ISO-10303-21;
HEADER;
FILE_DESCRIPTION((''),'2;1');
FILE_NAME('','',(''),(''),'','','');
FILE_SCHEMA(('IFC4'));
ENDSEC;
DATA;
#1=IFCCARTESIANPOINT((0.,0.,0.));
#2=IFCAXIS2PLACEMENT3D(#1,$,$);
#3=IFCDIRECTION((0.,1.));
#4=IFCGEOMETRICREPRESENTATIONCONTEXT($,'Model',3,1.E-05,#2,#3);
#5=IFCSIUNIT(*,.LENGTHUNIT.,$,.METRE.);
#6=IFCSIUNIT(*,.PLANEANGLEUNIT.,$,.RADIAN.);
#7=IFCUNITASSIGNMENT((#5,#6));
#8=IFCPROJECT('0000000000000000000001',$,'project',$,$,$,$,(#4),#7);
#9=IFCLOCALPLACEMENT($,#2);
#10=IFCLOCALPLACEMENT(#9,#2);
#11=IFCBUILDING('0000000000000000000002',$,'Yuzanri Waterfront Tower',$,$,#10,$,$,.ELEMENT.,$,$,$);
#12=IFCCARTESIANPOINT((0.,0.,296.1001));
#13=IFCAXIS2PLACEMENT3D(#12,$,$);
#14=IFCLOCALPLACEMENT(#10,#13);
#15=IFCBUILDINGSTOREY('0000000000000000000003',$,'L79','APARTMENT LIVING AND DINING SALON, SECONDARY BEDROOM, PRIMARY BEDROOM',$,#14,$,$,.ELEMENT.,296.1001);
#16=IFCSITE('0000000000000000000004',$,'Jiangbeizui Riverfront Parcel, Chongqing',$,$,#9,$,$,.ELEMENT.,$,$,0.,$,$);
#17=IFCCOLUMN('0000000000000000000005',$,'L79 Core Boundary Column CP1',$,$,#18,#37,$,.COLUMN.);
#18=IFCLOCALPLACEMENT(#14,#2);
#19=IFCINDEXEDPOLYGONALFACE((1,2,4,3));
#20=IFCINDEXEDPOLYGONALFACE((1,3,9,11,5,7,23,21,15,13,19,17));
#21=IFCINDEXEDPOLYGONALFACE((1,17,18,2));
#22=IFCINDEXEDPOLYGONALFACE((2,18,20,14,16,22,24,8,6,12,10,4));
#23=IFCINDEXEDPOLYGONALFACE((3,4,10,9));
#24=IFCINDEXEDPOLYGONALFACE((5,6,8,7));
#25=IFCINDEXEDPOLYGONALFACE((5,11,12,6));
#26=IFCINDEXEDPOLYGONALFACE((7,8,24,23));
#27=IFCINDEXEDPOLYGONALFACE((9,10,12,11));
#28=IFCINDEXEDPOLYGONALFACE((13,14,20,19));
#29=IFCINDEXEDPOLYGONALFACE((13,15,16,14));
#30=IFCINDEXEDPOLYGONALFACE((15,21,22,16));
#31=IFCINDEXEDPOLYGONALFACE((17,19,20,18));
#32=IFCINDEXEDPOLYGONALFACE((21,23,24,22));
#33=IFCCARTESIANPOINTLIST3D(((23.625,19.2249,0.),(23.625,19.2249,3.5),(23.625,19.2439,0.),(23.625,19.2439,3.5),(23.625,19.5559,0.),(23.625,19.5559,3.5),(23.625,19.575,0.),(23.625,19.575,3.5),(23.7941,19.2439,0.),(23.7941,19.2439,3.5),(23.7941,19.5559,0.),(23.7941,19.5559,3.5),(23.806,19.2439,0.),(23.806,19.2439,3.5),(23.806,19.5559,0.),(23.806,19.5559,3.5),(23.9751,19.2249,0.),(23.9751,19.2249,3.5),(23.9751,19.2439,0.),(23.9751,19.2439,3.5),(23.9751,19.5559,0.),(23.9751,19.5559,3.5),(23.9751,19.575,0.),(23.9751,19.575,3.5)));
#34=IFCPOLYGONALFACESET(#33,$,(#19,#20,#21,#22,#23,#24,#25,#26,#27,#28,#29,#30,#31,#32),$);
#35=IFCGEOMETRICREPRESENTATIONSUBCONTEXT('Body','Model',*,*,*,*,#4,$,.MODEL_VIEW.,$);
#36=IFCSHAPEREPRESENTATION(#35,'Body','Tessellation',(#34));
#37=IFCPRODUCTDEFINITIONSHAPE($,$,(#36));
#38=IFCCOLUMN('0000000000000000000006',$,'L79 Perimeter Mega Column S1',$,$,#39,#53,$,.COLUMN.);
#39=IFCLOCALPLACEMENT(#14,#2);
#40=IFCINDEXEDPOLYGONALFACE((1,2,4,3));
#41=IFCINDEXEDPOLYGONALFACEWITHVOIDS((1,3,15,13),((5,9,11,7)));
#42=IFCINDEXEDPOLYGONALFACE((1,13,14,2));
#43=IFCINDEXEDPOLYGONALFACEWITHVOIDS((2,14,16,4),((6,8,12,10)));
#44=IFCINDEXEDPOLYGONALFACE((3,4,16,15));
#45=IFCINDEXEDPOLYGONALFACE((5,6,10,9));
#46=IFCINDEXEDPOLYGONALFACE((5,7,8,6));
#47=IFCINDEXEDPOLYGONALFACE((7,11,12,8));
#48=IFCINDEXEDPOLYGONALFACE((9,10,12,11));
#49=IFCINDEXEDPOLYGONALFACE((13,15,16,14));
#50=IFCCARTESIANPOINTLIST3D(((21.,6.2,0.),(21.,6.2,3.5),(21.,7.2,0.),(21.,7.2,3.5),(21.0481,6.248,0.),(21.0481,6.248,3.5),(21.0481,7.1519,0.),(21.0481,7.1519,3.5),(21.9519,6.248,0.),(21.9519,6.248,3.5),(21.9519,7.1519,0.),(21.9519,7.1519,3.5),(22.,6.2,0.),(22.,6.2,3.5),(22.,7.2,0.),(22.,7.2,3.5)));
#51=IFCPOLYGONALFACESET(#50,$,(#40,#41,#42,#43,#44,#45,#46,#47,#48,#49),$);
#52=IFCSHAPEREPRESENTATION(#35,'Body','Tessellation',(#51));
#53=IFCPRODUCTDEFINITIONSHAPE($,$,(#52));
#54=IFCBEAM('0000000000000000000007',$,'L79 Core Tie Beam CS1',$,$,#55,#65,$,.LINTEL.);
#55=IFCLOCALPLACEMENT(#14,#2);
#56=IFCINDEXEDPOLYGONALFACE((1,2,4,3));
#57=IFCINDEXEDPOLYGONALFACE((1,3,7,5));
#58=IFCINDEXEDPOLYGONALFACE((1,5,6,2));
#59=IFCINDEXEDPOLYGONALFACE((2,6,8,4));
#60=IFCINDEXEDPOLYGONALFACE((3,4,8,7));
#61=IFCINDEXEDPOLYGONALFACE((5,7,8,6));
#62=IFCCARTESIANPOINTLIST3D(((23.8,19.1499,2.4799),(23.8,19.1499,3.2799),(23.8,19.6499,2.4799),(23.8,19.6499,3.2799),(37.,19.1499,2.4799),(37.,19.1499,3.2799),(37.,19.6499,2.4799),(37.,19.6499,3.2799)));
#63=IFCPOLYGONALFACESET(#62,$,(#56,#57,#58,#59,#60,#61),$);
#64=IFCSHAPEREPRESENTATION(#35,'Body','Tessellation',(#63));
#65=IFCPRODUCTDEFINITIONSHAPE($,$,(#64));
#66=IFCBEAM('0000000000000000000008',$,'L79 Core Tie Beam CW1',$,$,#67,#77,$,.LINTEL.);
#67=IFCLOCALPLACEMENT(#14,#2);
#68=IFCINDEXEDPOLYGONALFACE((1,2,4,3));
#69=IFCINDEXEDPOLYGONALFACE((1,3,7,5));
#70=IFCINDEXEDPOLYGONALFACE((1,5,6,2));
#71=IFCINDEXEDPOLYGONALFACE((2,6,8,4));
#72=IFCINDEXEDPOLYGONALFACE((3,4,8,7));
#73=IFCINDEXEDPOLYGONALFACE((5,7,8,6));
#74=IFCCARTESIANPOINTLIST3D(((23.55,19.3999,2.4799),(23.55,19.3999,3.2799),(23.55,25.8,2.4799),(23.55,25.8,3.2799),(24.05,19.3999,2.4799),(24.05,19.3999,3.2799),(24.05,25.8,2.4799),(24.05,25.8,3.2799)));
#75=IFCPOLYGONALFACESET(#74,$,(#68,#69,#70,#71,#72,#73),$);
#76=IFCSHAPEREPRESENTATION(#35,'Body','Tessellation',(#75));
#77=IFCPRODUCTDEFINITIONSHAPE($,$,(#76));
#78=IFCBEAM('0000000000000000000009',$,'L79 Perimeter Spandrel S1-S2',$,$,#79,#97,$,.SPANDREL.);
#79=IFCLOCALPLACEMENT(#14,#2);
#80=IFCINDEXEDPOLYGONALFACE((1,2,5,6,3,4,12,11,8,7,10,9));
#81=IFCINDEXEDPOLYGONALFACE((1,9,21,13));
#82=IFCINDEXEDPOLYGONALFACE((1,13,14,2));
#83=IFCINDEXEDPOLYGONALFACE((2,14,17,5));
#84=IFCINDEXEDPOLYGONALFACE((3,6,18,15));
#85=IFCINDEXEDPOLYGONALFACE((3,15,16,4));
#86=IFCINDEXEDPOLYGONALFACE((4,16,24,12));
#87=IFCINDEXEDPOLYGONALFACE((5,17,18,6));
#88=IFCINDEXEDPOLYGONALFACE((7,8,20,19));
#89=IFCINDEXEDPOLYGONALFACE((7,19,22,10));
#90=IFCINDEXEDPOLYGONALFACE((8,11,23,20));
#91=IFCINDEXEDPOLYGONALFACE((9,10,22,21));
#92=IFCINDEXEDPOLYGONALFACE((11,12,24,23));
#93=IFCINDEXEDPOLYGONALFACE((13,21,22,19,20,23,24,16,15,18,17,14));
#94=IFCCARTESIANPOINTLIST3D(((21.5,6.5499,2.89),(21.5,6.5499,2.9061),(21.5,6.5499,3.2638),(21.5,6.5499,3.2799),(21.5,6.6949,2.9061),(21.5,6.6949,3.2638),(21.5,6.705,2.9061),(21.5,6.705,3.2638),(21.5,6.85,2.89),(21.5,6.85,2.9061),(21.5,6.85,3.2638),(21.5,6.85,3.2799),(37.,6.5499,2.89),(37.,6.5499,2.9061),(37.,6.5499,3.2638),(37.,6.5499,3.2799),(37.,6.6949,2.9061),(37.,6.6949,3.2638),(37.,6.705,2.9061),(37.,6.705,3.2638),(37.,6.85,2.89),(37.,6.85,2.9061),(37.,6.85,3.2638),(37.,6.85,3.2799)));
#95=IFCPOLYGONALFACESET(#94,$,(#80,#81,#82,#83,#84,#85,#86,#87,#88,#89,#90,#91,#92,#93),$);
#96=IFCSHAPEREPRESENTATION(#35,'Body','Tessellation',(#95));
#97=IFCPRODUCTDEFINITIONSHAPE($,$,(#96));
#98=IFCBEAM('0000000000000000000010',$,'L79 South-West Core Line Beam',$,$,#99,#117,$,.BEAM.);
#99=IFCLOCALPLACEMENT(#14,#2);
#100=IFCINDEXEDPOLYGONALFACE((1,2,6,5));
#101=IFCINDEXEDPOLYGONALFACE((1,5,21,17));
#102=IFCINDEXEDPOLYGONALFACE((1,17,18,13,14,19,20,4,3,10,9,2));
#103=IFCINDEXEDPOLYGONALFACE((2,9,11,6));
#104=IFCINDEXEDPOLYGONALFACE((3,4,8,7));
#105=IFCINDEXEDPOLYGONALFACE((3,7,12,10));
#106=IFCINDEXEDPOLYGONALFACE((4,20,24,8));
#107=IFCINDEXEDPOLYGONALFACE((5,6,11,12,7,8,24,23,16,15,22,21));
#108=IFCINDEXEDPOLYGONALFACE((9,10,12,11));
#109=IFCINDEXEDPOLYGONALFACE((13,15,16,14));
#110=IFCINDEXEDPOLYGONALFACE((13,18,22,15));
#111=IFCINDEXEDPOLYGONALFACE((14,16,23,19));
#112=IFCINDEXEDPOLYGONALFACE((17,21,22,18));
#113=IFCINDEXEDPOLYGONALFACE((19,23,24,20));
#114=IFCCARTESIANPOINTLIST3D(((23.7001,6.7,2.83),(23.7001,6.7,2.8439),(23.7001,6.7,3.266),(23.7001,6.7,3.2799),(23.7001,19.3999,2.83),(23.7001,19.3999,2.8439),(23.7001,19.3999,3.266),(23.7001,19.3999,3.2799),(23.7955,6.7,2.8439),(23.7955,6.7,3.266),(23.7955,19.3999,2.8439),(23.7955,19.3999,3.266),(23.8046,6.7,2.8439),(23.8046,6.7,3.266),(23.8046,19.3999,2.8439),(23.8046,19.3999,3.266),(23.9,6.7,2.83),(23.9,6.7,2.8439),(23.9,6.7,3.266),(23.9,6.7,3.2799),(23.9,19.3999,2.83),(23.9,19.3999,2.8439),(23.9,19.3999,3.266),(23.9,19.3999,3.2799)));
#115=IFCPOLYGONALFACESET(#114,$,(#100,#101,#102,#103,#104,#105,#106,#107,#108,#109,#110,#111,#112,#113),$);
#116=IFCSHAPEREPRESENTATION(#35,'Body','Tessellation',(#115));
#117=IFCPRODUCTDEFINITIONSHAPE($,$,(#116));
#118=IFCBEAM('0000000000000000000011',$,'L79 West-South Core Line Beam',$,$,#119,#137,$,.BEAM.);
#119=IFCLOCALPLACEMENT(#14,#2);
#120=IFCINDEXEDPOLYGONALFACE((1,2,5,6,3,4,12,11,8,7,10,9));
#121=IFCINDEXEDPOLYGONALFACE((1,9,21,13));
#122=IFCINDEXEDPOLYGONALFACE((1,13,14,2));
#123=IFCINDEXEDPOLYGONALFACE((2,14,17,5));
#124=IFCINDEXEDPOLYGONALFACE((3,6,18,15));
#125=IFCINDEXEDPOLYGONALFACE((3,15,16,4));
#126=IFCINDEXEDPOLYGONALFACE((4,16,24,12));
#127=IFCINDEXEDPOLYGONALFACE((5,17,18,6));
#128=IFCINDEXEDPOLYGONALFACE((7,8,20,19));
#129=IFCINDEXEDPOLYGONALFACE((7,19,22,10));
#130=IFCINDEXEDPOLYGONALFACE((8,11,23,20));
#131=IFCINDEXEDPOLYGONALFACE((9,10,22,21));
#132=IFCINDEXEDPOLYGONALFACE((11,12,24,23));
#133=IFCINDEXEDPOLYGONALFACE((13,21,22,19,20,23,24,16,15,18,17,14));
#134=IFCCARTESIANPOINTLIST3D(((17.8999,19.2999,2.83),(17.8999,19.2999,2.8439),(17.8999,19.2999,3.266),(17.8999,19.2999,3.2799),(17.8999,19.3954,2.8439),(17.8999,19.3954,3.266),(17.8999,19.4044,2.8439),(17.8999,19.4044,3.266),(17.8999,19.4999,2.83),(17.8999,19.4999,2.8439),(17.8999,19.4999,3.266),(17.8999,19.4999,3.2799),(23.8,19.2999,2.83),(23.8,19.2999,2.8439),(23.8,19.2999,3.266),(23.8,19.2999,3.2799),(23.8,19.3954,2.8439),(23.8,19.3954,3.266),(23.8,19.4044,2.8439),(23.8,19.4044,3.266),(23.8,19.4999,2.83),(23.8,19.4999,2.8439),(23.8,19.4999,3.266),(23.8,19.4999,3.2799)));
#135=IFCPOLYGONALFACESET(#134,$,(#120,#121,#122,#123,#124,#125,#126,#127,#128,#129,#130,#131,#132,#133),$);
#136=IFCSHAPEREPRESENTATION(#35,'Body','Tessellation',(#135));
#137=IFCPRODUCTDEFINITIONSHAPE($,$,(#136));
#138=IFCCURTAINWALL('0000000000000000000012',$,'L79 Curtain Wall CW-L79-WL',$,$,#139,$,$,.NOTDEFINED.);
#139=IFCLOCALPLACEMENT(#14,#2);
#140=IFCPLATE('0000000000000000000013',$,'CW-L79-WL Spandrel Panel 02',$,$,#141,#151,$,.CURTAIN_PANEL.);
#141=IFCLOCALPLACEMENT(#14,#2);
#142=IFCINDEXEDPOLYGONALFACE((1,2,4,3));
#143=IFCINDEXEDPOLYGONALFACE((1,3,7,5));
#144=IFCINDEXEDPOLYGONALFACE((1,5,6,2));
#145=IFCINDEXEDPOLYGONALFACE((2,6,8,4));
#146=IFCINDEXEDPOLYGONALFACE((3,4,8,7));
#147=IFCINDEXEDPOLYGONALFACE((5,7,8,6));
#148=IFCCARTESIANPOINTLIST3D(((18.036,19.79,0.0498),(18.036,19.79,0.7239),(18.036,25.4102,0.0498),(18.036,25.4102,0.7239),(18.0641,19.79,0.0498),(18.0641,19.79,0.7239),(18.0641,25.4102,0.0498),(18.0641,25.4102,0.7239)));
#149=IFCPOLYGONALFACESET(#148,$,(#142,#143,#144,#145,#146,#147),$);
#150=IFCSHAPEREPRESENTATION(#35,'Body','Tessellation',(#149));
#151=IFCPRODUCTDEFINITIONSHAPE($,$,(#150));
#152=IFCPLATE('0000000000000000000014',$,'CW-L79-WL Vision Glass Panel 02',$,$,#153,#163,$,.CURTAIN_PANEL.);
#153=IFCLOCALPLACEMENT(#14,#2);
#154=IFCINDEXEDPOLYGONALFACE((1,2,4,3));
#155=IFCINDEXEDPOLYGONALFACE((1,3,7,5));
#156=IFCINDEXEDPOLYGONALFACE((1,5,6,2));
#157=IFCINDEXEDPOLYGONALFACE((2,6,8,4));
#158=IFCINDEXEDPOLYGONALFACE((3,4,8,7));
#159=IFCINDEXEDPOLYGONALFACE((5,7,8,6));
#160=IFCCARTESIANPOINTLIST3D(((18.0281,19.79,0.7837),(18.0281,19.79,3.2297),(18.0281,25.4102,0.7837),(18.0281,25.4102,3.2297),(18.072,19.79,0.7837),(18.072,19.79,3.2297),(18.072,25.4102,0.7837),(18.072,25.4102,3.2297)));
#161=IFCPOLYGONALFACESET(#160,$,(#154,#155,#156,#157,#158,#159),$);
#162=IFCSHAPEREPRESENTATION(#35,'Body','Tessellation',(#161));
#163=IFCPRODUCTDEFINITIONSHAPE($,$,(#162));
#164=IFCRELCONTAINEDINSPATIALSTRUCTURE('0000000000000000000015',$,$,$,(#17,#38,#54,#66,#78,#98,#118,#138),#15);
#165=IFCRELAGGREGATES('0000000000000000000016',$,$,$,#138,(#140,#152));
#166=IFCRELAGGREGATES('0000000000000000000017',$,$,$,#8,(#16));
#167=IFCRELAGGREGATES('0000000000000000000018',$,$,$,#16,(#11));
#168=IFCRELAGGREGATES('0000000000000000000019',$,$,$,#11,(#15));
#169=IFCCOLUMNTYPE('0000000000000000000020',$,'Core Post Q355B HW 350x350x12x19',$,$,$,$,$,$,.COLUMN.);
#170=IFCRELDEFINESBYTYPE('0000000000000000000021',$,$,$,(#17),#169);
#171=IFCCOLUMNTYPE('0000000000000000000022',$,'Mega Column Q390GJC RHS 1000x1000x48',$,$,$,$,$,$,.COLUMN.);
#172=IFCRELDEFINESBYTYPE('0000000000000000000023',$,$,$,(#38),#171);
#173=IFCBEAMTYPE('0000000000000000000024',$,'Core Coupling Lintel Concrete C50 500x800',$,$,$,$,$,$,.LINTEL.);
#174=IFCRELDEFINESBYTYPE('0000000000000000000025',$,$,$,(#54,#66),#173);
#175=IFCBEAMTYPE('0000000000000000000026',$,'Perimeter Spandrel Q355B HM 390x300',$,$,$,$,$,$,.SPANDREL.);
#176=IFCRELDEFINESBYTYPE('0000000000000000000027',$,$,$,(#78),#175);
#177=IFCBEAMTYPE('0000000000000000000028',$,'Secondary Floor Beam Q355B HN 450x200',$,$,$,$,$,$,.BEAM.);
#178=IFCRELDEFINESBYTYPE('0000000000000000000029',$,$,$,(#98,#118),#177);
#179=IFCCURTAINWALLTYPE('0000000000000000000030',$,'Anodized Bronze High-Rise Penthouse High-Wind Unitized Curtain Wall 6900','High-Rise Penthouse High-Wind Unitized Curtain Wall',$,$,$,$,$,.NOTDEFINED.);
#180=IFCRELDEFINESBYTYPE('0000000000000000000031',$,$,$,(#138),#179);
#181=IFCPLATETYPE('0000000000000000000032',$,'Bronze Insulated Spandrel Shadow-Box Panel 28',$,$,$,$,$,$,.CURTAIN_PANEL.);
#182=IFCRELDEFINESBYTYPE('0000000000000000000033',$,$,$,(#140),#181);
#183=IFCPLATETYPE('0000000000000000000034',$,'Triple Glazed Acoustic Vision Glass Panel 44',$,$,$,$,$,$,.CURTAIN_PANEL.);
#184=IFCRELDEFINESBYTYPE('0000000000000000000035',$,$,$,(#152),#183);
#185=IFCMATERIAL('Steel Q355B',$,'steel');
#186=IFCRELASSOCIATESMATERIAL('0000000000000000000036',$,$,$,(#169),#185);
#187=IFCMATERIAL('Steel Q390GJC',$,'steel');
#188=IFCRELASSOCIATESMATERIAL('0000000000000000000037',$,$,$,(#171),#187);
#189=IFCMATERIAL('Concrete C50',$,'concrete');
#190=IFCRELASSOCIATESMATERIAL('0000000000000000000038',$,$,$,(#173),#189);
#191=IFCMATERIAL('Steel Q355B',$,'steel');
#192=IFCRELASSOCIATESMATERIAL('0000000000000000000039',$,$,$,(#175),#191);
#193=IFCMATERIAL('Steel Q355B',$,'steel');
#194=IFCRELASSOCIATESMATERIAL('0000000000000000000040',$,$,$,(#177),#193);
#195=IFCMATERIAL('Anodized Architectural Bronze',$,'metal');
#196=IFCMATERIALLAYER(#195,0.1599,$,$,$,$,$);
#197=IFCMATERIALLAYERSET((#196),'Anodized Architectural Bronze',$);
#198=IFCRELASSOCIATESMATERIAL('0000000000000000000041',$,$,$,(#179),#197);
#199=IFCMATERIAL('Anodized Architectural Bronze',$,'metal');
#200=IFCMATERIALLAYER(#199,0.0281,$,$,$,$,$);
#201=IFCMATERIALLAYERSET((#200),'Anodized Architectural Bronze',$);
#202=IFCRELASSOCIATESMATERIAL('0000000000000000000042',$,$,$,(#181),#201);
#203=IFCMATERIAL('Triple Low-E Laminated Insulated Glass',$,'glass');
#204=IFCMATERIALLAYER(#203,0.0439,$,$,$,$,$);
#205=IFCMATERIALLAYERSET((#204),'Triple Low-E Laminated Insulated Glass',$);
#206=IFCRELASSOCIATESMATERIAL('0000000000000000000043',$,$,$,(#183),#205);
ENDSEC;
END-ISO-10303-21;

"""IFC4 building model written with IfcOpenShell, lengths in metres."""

from ifc_helpers import new_model, si_unit, direction, frame, origin, origin_2d, place, context, subcontext, project, spatial, rectangle, hollow_rectangle, i_section, extrude, source, transform, mapped, material, layer, layer_set, material_profile, profile_set, type_object, element, aggregate, save


model = new_model("IFC4")

# Units and contexts
model_context = context("Model", 3, precision=1e-05, world=origin(), true_north=direction((0.0, 1.0)))
body_context = subcontext(model_context, "Body", "Model", "MODEL_VIEW")
ifc_project = project(units=[si_unit("LENGTHUNIT", "METRE"), si_unit("PLANEANGLEUNIT", "RADIAN")], contexts=[model_context])

# Site, building, storey
site_placement = place(None, origin())
site = spatial("IfcSite", under=ifc_project, at=site_placement, Name="Jiangbeizui Riverfront Parcel, Chongqing", CompositionType="ELEMENT", RefElevation=0.0)
building_placement = place(site_placement, origin())
building = spatial("IfcBuilding", under=site, at=building_placement, Name="Yuzanri Waterfront Tower", CompositionType="ELEMENT")
storey_placement = place(building_placement, frame((0.0, 0.0, 296.1001)))
storey = spatial("IfcBuildingStorey", under=building, at=storey_placement, Name="L79", Description="APARTMENT LIVING AND DINING SALON, SECONDARY BEDROOM, PRIMARY BEDROOM", CompositionType="ELEMENT", Elevation=296.1001)

# Columns
ifc_material_1 = material(Name="Steel Q355B", Category="steel")
ifc_material_profile_1 = material_profile(ifc_material_1, i_section(OverallWidth=0.3501, OverallDepth=0.3501, WebThickness=0.012, FlangeThickness=0.019, at=origin_2d()), Name="HW 350x350x12x19")
ifc_profile_set_1 = profile_set([ifc_material_profile_1], Name="Steel Q355B")
column_type_1 = type_object("IfcColumnType", Name="Core Post Q355B HW 350x350x12x19", PredefinedType="COLUMN", material=ifc_profile_set_1)
shared_shape_1 = source(origin(), body_context, "Body", "SweptSolid", [
    extrude(i_section(OverallWidth=0.3501, OverallDepth=0.3501, WebThickness=0.012, FlangeThickness=0.019, at=origin_2d()), origin(), (0.0, 0.0, 1.0), 3.5),
])
column_1_placement = place(storey_placement, frame((23.8, 19.3999, 0.0), z_axis=(0.0, 0.0, 1.0), x_axis=(1.0, 0.0, 0.0)))
element("IfcColumn", 1, at=column_1_placement, inside=storey, type_object=column_type_1, Name="L79 Core Boundary Column CP1", PredefinedType="COLUMN", context=body_context, shape_type="MappedRepresentation", body=[
    mapped(shared_shape_1, transform((0.0, 0.0, 0.0), scale=1.0)),
])
ifc_material_2 = material(Name="Steel Q390GJC", Category="steel")
ifc_material_profile_2 = material_profile(ifc_material_2, hollow_rectangle(XDim=1.0, YDim=1.0, WallThickness=0.0481, at=origin_2d()), Name="RHS 1000x1000x48")
ifc_profile_set_2 = profile_set([ifc_material_profile_2], Name="Steel Q390GJC")
column_type_2 = type_object("IfcColumnType", Name="Mega Column Q390GJC RHS 1000x1000x48", PredefinedType="COLUMN", material=ifc_profile_set_2)
shared_shape_2 = source(origin(), body_context, "Body", "SweptSolid", [
    extrude(hollow_rectangle(XDim=1.0, YDim=1.0, WallThickness=0.0481, at=origin_2d()), origin(), (0.0, 0.0, 1.0), 3.5),
])
column_2_placement = place(storey_placement, frame((21.5, 6.7, 0.0), z_axis=(0.0, 0.0, 1.0), x_axis=(1.0, 0.0, 0.0)))
element("IfcColumn", 2, at=column_2_placement, inside=storey, type_object=column_type_2, Name="L79 Perimeter Mega Column S1", PredefinedType="COLUMN", context=body_context, shape_type="MappedRepresentation", body=[
    mapped(shared_shape_2, transform((0.0, 0.0, 0.0), scale=1.0)),
])

# Beams
ifc_material_3 = material(Name="Concrete C50", Category="concrete")
ifc_material_profile_3 = material_profile(ifc_material_3, rectangle(XDim=0.5, YDim=0.8, at=origin_2d()), Name="RC 500x800")
ifc_profile_set_3 = profile_set([ifc_material_profile_3], Name="Concrete C50")
beam_type_1 = type_object("IfcBeamType", Name="Core Coupling Lintel Concrete C50 500x800", PredefinedType="LINTEL", material=ifc_profile_set_3)
shared_shape_3 = source(origin(), body_context, "Body", "SweptSolid", [
    extrude(rectangle(XDim=0.5, YDim=0.8, at=origin_2d()), origin(), (0.0, 0.0, 1.0), 13.2),
])
beam_1_placement = place(storey_placement, frame((23.8, 19.3999, 2.8799), z_axis=(1.0, 0.0, 0.0), x_axis=(0.0, 1.0, 0.0)))
element("IfcBeam", 3, at=beam_1_placement, inside=storey, type_object=beam_type_1, Name="L79 Core Tie Beam CS1", PredefinedType="LINTEL", context=body_context, shape_type="MappedRepresentation", body=[
    mapped(shared_shape_3, transform((0.0, 0.0, 0.0), scale=1.0)),
])
shared_shape_4 = source(origin(), body_context, "Body", "SweptSolid", [
    extrude(rectangle(XDim=0.5, YDim=0.8, at=origin_2d()), origin(), (0.0, 0.0, 1.0), 6.4001),
])
beam_2_placement = place(storey_placement, frame((23.8, 19.3999, 2.8799), z_axis=(0.0, 1.0, 0.0), x_axis=(-1.0, 0.0, 0.0)))
element("IfcBeam", 4, at=beam_2_placement, inside=storey, type_object=beam_type_1, Name="L79 Core Tie Beam CW1", PredefinedType="LINTEL", context=body_context, shape_type="MappedRepresentation", body=[
    mapped(shared_shape_4, transform((0.0, 0.0, 0.0), scale=1.0)),
])
ifc_material_4 = material(Name="Steel Q355B", Category="steel")
ifc_material_profile_4 = material_profile(ifc_material_4, i_section(OverallWidth=0.3, OverallDepth=0.3899, WebThickness=0.01, FlangeThickness=0.0161, at=origin_2d()), Name="HM 390x300x10x16")
ifc_profile_set_4 = profile_set([ifc_material_profile_4], Name="Steel Q355B")
beam_type_2 = type_object("IfcBeamType", Name="Perimeter Spandrel Q355B HM 390x300", PredefinedType="SPANDREL", material=ifc_profile_set_4)
shared_shape_5 = source(origin(), body_context, "Body", "SweptSolid", [
    extrude(i_section(OverallWidth=0.3, OverallDepth=0.3899, WebThickness=0.01, FlangeThickness=0.0161, at=origin_2d()), origin(), (0.0, 0.0, 1.0), 15.5),
])
beam_3_placement = place(storey_placement, frame((21.5, 6.7, 3.085), z_axis=(1.0, 0.0, 0.0), x_axis=(0.0, 1.0, 0.0)))
element("IfcBeam", 5, at=beam_3_placement, inside=storey, type_object=beam_type_2, Name="L79 Perimeter Spandrel S1-S2", PredefinedType="SPANDREL", context=body_context, shape_type="MappedRepresentation", body=[
    mapped(shared_shape_5, transform((0.0, 0.0, 0.0), scale=1.0)),
])
ifc_material_5 = material(Name="Steel Q355B", Category="steel")
ifc_material_profile_5 = material_profile(ifc_material_5, i_section(OverallWidth=0.2, OverallDepth=0.45, WebThickness=0.009, FlangeThickness=0.0139, at=origin_2d()), Name="HN 450x200x9x14")
ifc_profile_set_5 = profile_set([ifc_material_profile_5], Name="Steel Q355B")
beam_type_3 = type_object("IfcBeamType", Name="Secondary Floor Beam Q355B HN 450x200", PredefinedType="BEAM", material=ifc_profile_set_5)
shared_shape_6 = source(origin(), body_context, "Body", "SweptSolid", [
    extrude(i_section(OverallWidth=0.2, OverallDepth=0.45, WebThickness=0.009, FlangeThickness=0.0139, at=origin_2d()), origin(), (0.0, 0.0, 1.0), 12.7),
])
beam_4_placement = place(storey_placement, frame((23.8, 19.3999, 3.0549), z_axis=(0.0, -1.0, 0.0), x_axis=(1.0, 0.0, 0.0)))
element("IfcBeam", 6, at=beam_4_placement, inside=storey, type_object=beam_type_3, Name="L79 South-West Core Line Beam", PredefinedType="BEAM", context=body_context, shape_type="MappedRepresentation", body=[
    mapped(shared_shape_6, transform((0.0, 0.0, 0.0), scale=1.0)),
])
shared_shape_7 = source(origin(), body_context, "Body", "SweptSolid", [
    extrude(i_section(OverallWidth=0.2, OverallDepth=0.45, WebThickness=0.009, FlangeThickness=0.0139, at=origin_2d()), origin(), (0.0, 0.0, 1.0), 5.9001),
])
beam_5_placement = place(storey_placement, frame((23.8, 19.3999, 3.0549), z_axis=(-1.0, 0.0, 0.0), x_axis=(0.0, -1.0, 0.0)))
element("IfcBeam", 7, at=beam_5_placement, inside=storey, type_object=beam_type_3, Name="L79 West-South Core Line Beam", PredefinedType="BEAM", context=body_context, shape_type="MappedRepresentation", body=[
    mapped(shared_shape_7, transform((0.0, 0.0, 0.0), scale=1.0)),
])

# Curtain wall, plates
ifc_material_6 = material(Name="Anodized Architectural Bronze", Category="metal")
ifc_layer_1 = layer(ifc_material_6, 0.1599)
ifc_layer_set_1 = layer_set([ifc_layer_1], Name="Anodized Architectural Bronze")
curtain_wall_type = type_object("IfcCurtainWallType", Name="Anodized Bronze High-Rise Penthouse High-Wind Unitized Curtain Wall 6900", Description="High-Rise Penthouse High-Wind Unitized Curtain Wall", PredefinedType="NOTDEFINED", material=ifc_layer_set_1)
curtain_wall_placement = place(storey_placement, origin())
curtain_wall = element("IfcCurtainWall", 8, at=curtain_wall_placement, inside=storey, type_object=curtain_wall_type, Name="L79 Curtain Wall CW-L79-WL", PredefinedType="NOTDEFINED")
ifc_material_7 = material(Name="Anodized Architectural Bronze", Category="metal")
ifc_layer_2 = layer(ifc_material_7, 0.0281)
ifc_layer_set_2 = layer_set([ifc_layer_2], Name="Anodized Architectural Bronze")
plate_type_1 = type_object("IfcPlateType", Name="Bronze Insulated Spandrel Shadow-Box Panel 28", PredefinedType="CURTAIN_PANEL", material=ifc_layer_set_2)
shared_shape_8 = source(origin(), body_context, "Body", "SweptSolid", [
    extrude(rectangle(XDim=5.6201, YDim=0.0281, at=origin_2d()), origin(), (0.0, 0.0, 1.0), 0.6741),
])
plate_1_placement = place(storey_placement, frame((18.05, 22.6001, 0.0498), z_axis=(0.0, 0.0, 1.0), x_axis=(0.0, 1.0, 0.0)))
plate_1 = element("IfcPlate", 9, at=plate_1_placement, type_object=plate_type_1, Name="CW-L79-WL Spandrel Panel 02", PredefinedType="CURTAIN_PANEL", context=body_context, shape_type="MappedRepresentation", body=[
    mapped(shared_shape_8, transform((0.0, 0.0, 0.0), scale=1.0)),
])
ifc_material_8 = material(Name="Triple Low-E Laminated Insulated Glass", Category="glass")
ifc_layer_3 = layer(ifc_material_8, 0.0439)
ifc_layer_set_3 = layer_set([ifc_layer_3], Name="Triple Low-E Laminated Insulated Glass")
plate_type_2 = type_object("IfcPlateType", Name="Triple Glazed Acoustic Vision Glass Panel 44", PredefinedType="CURTAIN_PANEL", material=ifc_layer_set_3)
shared_shape_9 = source(origin(), body_context, "Body", "SweptSolid", [
    extrude(rectangle(XDim=5.6201, YDim=0.0439, at=origin_2d()), origin(), (0.0, 0.0, 1.0), 2.446),
])
plate_2_placement = place(storey_placement, frame((18.05, 22.6001, 0.7837), z_axis=(0.0, 0.0, 1.0), x_axis=(0.0, 1.0, 0.0)))
plate_2 = element("IfcPlate", 10, at=plate_2_placement, type_object=plate_type_2, Name="CW-L79-WL Vision Glass Panel 02", PredefinedType="CURTAIN_PANEL", context=body_context, shape_type="MappedRepresentation", body=[
    mapped(shared_shape_9, transform((0.0, 0.0, 0.0), scale=1.0)),
])
aggregate(curtain_wall, [plate_1, plate_2])

save(model, "model.ifc")
